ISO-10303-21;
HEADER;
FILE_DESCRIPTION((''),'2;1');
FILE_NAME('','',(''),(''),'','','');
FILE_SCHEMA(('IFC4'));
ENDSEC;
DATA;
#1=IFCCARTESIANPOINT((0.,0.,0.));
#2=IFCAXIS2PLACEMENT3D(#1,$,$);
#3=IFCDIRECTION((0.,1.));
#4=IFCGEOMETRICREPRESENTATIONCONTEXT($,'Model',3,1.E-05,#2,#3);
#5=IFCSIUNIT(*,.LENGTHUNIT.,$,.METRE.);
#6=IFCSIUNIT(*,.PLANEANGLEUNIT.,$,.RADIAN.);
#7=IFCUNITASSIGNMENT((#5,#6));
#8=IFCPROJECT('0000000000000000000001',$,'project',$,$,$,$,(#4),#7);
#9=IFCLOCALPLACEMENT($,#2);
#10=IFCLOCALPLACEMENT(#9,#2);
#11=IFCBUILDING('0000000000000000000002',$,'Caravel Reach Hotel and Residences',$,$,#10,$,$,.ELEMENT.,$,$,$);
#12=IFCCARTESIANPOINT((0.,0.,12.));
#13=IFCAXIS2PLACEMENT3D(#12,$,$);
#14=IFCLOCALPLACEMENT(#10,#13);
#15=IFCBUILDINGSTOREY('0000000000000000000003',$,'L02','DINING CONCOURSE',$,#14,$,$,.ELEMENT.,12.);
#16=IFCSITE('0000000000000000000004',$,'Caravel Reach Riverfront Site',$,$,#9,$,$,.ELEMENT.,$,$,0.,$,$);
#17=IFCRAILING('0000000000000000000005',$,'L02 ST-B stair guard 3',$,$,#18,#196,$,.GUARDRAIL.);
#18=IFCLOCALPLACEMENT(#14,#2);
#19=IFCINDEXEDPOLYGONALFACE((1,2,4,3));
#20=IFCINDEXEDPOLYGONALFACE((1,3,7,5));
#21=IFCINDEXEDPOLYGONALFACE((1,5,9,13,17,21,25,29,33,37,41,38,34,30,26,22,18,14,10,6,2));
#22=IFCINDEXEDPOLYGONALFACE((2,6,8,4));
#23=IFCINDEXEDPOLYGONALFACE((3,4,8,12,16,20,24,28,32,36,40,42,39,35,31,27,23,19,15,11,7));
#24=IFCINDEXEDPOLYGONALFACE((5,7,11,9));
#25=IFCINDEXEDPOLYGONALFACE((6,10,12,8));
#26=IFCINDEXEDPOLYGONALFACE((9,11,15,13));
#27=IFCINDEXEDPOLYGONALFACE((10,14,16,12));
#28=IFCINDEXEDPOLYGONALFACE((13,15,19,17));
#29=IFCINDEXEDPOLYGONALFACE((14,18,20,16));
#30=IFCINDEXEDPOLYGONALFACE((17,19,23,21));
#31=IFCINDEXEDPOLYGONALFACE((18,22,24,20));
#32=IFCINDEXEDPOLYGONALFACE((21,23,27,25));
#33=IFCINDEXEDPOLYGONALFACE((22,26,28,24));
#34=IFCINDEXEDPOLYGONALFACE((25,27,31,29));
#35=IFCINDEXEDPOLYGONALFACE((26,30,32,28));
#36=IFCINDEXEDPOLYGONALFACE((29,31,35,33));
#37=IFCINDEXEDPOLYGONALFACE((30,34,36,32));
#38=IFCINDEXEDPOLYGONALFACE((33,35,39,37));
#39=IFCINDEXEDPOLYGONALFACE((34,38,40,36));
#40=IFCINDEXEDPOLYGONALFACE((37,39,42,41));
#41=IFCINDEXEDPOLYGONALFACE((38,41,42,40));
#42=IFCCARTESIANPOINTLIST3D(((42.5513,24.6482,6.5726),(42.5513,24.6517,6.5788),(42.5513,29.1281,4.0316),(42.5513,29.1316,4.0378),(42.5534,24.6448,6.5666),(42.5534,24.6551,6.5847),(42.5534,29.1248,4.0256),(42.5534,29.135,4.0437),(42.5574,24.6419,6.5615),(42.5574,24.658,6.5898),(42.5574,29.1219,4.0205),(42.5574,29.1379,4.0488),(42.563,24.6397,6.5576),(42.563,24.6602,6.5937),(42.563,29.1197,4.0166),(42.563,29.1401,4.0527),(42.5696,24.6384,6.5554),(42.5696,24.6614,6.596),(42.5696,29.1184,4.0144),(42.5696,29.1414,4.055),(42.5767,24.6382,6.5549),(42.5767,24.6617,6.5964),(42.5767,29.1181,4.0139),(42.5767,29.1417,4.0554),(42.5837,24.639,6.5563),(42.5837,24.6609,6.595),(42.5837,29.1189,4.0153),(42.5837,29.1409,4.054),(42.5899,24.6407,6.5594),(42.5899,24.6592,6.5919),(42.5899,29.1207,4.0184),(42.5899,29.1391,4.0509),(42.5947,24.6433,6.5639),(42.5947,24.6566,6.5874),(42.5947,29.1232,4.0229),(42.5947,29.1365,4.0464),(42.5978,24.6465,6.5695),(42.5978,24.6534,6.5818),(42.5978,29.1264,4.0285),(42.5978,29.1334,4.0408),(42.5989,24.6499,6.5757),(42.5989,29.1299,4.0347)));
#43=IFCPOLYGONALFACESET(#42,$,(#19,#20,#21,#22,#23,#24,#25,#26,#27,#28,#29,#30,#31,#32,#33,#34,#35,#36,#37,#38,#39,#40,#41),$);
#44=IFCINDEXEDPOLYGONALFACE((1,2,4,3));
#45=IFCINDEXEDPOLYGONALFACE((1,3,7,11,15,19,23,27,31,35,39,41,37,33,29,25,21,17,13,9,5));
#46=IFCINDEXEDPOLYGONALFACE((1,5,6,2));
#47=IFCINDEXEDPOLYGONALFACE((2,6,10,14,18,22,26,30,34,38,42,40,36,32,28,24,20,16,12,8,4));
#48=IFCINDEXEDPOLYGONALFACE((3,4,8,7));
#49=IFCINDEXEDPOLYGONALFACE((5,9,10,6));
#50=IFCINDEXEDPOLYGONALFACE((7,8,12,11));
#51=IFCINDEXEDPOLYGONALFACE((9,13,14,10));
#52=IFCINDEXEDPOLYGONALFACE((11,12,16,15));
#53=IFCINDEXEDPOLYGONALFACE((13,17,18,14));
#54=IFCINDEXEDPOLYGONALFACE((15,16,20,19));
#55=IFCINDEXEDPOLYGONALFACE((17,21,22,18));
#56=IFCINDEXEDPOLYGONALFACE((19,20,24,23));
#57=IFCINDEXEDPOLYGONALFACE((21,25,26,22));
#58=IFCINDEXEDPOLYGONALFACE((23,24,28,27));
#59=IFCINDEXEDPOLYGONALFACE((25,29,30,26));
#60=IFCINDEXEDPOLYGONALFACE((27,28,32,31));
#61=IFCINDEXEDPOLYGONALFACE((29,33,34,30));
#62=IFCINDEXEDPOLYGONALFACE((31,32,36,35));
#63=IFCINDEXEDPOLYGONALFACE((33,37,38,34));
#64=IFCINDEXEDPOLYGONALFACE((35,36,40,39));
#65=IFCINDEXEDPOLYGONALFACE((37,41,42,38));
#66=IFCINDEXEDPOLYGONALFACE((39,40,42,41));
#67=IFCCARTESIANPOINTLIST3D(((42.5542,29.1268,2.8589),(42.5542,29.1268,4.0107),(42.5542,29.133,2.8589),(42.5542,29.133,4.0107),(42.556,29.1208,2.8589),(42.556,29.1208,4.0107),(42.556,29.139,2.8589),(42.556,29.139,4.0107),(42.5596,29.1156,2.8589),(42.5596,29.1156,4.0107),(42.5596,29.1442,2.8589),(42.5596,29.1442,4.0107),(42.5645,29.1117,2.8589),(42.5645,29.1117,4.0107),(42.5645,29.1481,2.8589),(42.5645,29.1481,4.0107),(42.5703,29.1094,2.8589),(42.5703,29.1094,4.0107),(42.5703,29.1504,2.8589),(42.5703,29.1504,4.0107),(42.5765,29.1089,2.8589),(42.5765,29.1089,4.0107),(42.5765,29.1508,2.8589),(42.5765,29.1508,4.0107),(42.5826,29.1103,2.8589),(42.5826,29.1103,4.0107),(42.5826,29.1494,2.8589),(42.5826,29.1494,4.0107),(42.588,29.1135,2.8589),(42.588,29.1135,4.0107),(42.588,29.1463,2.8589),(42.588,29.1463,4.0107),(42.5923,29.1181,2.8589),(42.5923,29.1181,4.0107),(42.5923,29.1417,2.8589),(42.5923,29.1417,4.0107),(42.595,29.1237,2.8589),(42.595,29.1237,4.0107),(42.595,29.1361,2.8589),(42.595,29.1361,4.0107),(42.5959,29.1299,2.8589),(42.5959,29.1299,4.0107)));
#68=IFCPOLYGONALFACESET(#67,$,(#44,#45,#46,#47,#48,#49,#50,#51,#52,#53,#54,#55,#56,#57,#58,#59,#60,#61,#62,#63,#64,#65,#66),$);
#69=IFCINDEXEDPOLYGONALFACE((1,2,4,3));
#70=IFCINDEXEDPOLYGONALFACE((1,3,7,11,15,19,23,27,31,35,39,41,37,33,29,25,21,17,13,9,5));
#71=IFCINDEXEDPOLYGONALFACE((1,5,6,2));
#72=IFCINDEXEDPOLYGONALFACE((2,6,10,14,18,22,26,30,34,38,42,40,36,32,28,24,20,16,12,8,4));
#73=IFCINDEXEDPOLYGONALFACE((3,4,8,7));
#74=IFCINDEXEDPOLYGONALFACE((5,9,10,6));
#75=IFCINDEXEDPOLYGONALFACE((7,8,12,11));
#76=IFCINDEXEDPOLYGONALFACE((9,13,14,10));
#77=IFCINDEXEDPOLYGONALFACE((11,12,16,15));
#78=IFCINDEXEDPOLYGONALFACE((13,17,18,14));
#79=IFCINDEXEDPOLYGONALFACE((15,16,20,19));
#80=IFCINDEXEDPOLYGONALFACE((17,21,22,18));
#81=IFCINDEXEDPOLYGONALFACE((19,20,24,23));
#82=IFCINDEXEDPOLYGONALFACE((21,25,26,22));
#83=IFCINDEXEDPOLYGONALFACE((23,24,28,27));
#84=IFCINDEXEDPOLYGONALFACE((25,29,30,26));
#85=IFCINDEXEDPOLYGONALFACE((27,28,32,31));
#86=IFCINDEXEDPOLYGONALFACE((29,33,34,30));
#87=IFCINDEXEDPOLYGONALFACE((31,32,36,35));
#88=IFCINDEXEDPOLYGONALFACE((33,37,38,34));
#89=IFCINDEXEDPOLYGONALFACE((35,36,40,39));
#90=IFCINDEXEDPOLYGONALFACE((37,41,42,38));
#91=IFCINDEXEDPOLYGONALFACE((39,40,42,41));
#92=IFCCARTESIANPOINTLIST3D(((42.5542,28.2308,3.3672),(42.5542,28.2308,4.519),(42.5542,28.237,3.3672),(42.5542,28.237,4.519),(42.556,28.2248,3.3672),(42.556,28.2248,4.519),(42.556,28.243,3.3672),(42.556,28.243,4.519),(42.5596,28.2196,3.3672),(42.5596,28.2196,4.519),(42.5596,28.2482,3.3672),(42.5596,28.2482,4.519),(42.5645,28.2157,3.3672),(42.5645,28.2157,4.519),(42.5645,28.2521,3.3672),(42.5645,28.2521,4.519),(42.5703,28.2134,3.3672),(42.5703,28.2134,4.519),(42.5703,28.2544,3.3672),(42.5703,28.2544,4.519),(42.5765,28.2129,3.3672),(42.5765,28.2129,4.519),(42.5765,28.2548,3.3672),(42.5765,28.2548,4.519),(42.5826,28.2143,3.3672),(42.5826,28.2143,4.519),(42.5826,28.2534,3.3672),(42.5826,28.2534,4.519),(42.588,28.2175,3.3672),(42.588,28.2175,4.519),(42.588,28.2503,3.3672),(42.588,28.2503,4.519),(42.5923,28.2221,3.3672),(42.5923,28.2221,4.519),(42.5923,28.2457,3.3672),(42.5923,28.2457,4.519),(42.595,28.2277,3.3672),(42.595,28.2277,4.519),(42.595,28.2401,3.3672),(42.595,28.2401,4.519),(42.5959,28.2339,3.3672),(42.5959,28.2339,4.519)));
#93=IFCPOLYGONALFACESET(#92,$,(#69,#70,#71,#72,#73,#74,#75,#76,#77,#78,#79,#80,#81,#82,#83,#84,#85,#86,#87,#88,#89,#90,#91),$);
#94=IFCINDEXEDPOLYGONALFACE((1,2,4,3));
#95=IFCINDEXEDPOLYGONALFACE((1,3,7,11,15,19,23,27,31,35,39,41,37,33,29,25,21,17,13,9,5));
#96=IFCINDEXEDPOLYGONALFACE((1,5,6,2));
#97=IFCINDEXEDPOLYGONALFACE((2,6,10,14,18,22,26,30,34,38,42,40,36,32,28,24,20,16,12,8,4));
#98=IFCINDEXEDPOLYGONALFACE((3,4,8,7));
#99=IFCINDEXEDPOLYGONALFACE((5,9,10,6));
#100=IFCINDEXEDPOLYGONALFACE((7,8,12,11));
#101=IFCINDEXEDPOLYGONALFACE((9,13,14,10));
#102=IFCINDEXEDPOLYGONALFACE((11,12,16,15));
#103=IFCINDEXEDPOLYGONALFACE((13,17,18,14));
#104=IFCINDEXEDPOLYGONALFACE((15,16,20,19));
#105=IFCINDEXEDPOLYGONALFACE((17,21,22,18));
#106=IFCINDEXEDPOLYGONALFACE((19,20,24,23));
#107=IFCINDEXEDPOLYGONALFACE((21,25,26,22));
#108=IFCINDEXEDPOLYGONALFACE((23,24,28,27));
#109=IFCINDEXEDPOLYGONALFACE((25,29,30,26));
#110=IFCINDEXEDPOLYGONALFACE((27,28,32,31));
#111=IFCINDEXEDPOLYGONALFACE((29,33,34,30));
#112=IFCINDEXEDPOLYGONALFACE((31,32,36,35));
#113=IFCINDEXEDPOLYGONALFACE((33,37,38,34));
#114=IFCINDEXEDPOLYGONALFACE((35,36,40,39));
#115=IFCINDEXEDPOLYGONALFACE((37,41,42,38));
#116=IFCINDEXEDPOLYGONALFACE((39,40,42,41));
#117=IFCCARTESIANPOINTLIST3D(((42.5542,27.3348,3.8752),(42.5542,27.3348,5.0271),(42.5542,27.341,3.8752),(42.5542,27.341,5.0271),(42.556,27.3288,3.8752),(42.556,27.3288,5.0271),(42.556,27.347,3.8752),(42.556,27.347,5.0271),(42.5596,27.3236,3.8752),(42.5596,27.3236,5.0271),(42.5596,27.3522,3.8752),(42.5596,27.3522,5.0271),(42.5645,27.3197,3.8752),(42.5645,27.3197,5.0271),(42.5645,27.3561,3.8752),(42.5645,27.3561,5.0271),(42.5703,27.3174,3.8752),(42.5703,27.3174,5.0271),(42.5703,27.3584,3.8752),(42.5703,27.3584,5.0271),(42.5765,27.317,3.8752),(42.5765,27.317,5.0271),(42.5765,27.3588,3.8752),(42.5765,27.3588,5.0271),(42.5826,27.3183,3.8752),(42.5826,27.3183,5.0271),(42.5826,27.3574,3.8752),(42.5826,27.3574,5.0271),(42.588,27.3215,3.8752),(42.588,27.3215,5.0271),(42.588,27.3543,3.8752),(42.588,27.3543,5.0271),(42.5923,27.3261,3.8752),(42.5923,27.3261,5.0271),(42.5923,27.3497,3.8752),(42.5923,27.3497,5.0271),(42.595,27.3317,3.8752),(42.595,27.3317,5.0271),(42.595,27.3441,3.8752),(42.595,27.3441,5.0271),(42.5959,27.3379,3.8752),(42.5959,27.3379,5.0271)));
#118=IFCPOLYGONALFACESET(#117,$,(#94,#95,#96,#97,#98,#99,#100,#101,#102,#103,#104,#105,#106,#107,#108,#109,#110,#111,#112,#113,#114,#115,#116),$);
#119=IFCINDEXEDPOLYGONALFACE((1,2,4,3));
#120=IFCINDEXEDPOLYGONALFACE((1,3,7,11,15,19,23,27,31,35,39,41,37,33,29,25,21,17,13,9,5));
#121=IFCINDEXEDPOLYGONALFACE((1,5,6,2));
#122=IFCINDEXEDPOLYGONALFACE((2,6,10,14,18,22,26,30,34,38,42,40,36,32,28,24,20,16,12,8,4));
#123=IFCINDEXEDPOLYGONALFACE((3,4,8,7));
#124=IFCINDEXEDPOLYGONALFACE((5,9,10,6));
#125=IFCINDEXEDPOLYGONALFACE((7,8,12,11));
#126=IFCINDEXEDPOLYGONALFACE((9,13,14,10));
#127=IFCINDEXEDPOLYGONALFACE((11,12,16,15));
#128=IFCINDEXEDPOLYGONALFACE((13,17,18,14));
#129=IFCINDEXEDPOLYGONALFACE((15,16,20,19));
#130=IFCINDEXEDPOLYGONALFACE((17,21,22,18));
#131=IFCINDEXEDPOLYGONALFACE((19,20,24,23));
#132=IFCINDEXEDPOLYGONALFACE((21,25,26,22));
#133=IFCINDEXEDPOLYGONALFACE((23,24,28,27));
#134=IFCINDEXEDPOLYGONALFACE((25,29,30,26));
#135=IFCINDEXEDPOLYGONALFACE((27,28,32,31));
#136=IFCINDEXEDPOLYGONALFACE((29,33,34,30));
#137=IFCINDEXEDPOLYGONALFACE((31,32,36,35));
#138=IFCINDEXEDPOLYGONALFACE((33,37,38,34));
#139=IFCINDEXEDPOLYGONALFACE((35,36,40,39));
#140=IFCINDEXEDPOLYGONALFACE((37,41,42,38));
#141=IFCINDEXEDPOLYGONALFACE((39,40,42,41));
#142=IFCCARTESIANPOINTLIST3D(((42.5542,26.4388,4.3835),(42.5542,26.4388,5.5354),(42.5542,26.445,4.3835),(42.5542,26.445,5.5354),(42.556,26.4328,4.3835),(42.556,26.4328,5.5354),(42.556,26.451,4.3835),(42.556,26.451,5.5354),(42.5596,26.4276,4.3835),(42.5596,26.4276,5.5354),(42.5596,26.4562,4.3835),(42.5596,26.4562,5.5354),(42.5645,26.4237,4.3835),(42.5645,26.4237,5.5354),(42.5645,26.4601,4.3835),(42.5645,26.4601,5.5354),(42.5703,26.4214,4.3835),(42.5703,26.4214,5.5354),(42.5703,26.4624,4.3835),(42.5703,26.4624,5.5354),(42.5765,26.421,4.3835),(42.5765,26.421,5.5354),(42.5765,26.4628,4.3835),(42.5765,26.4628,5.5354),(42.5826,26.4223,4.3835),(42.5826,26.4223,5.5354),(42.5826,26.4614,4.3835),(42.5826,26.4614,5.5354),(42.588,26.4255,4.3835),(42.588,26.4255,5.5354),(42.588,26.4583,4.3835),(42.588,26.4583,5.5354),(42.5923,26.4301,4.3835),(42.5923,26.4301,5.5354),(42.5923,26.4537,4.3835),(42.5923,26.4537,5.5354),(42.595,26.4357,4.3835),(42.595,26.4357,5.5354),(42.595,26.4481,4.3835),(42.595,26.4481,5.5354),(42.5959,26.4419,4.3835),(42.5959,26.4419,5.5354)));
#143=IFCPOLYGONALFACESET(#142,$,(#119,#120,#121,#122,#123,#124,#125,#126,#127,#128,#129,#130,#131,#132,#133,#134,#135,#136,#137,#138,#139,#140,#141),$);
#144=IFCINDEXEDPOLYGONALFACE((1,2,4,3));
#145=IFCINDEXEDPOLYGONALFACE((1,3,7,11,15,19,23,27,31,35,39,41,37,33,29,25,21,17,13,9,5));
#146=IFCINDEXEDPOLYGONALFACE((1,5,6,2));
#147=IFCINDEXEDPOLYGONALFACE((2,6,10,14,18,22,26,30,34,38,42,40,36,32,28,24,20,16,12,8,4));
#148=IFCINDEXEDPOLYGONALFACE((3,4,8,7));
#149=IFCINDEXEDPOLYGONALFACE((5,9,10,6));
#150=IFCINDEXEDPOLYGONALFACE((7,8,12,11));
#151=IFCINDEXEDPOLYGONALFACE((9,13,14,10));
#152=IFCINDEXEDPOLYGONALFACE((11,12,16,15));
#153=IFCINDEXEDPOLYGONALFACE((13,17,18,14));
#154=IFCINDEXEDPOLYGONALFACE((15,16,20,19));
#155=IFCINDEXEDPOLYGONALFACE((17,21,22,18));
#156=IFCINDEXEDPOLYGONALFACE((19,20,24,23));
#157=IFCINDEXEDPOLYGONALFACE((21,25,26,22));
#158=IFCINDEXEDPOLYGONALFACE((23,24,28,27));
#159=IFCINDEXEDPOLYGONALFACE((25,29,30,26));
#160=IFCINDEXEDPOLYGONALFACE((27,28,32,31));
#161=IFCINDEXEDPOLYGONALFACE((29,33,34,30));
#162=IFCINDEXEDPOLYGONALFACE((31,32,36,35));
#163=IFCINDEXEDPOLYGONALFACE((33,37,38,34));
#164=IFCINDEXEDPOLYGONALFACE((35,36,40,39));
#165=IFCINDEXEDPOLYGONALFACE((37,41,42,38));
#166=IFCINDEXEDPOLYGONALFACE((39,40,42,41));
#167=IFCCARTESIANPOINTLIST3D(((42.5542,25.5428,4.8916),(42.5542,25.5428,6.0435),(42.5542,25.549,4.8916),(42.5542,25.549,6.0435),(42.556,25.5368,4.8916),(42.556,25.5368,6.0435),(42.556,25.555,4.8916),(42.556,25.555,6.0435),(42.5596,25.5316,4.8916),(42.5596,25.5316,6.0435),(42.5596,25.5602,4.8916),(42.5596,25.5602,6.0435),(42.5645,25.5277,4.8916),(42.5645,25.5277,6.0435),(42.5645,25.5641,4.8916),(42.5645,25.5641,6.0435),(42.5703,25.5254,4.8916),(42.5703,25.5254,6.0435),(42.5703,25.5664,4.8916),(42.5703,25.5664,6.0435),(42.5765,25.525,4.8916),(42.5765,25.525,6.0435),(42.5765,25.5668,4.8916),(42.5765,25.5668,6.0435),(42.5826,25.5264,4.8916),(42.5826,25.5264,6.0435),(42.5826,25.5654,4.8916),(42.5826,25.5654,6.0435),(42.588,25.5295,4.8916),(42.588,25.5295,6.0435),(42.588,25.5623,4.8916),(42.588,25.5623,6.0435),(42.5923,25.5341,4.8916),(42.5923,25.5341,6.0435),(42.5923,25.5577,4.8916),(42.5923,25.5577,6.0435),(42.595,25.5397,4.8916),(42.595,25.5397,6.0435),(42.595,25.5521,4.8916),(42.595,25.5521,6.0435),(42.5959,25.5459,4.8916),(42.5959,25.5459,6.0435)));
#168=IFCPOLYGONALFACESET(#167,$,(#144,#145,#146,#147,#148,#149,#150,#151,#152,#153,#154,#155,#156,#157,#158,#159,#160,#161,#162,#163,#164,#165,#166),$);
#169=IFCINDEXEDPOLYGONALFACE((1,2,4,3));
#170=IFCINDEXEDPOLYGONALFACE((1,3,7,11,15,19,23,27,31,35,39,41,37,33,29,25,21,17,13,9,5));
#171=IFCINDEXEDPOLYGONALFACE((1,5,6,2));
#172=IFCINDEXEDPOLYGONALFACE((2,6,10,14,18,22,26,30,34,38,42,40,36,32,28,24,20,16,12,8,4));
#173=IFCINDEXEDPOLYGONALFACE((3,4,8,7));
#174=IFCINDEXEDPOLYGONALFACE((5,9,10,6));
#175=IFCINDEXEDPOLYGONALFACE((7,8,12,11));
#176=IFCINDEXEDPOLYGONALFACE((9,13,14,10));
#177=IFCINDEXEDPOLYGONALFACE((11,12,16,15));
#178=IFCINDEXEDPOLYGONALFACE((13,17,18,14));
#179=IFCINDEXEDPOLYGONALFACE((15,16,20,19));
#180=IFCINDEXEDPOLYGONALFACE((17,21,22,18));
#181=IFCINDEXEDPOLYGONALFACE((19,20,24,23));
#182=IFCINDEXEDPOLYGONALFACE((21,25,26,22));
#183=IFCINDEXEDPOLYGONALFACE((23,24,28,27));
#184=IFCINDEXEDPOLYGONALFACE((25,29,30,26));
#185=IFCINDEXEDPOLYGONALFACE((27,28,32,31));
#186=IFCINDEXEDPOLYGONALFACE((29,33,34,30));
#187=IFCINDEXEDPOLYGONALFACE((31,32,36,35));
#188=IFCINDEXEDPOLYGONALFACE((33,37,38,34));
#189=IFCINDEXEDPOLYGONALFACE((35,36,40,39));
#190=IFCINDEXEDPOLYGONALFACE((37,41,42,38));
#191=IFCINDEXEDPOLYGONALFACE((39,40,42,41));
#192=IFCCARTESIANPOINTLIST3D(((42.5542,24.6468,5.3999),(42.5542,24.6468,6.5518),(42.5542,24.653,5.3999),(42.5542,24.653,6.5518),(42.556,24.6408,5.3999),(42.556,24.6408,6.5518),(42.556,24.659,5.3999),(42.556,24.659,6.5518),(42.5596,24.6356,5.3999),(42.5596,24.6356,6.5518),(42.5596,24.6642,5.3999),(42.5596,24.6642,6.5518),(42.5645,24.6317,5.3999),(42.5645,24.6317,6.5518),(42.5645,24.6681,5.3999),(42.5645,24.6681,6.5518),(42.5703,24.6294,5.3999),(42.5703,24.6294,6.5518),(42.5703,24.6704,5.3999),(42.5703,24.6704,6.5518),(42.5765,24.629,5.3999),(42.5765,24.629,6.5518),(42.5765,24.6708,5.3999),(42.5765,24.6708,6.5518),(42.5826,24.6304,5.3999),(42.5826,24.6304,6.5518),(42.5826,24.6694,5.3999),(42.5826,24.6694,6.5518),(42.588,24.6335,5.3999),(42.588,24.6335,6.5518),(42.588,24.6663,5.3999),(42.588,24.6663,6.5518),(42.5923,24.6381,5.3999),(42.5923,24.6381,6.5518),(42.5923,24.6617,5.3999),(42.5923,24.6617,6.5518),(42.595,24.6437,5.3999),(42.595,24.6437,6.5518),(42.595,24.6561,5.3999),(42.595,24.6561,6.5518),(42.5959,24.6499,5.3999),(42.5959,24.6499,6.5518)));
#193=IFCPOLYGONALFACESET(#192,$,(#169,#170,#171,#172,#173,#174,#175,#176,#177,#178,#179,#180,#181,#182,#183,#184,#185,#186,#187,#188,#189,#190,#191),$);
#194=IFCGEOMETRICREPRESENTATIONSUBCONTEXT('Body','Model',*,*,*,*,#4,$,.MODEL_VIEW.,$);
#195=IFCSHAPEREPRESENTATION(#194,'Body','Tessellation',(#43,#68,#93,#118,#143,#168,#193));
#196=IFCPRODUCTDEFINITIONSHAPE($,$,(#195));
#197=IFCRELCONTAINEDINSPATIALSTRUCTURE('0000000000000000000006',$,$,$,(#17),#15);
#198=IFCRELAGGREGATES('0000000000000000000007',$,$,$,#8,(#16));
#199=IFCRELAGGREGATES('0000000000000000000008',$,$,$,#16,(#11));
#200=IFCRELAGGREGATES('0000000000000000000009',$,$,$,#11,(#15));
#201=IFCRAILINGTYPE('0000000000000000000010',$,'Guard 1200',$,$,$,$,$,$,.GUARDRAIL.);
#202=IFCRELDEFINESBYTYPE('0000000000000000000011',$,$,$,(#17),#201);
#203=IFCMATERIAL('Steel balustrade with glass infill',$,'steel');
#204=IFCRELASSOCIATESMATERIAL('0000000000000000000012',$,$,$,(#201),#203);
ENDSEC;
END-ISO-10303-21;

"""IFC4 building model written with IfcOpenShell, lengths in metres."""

from ifc_helpers import new_model, si_unit, direction, frame, origin, origin_2d, place, context, subcontext, project, spatial, circle, extrude, material, type_object, element, save


model = new_model("IFC4")

# Units and contexts
model_context = context("Model", 3, precision=1e-05, world=origin(), true_north=direction((0.0, 1.0)))
body_context = subcontext(model_context, "Body", "Model", "MODEL_VIEW")
ifc_project = project(units=[si_unit("LENGTHUNIT", "METRE"), si_unit("PLANEANGLEUNIT", "RADIAN")], contexts=[model_context])

# Site, building, storey
site_placement = place(None, origin())
site = spatial("IfcSite", under=ifc_project, at=site_placement, Name="Caravel Reach Riverfront Site", CompositionType="ELEMENT", RefElevation=0.0)
building_placement = place(site_placement, origin())
building = spatial("IfcBuilding", under=site, at=building_placement, Name="Caravel Reach Hotel and Residences", CompositionType="ELEMENT")
storey_placement = place(building_placement, frame((0.0, 0.0, 12.0)))
storey = spatial("IfcBuildingStorey", under=building, at=storey_placement, Name="L02", Description="DINING CONCOURSE", CompositionType="ELEMENT", Elevation=12.0)

# Railing
ifc_material_1 = material(Name="Steel balustrade with glass infill", Category="steel")
railing_type_1 = type_object("IfcRailingType", Name="Guard 1200", PredefinedType="GUARDRAIL", material=ifc_material_1)
railing_1_placement = place(storey_placement, frame((42.575, 29.1299, 2.8589)))
element("IfcRailing", 1, at=railing_1_placement, inside=storey, type_object=railing_type_1, Name="L02 ST-B stair guard 3", PredefinedType="GUARDRAIL", context=body_context, shape_type="SweptSolid", body=[
    extrude(circle(Radius=0.0239, at=origin_2d()), frame((0.0, 0.0, 1.1758), z_axis=(0.0, -0.869826, 0.493359), x_axis=(1.0, 0.0, 0.0)), (0.0, 0.0, 1.0), 5.1504),
    extrude(circle(Radius=0.021, at=origin_2d()), origin(), (0.0, 0.0, 1.0), 1.1519),
    extrude(circle(Radius=0.021, at=origin_2d()), frame((0.0, -0.896, 0.5083)), (0.0, 0.0, 1.0), 1.1519),
    extrude(circle(Radius=0.021, at=origin_2d()), frame((0.0, -1.792, 1.0164)), (0.0, 0.0, 1.0), 1.1519),
    extrude(circle(Radius=0.021, at=origin_2d()), frame((0.0, -2.688, 1.5247)), (0.0, 0.0, 1.0), 1.1519),
    extrude(circle(Radius=0.021, at=origin_2d()), frame((0.0, -3.584, 2.0327)), (0.0, 0.0, 1.0), 1.1519),
    extrude(circle(Radius=0.021, at=origin_2d()), frame((0.0, -4.48, 2.541)), (0.0, 0.0, 1.0), 1.1519),
])

save(model, "model.ifc")
